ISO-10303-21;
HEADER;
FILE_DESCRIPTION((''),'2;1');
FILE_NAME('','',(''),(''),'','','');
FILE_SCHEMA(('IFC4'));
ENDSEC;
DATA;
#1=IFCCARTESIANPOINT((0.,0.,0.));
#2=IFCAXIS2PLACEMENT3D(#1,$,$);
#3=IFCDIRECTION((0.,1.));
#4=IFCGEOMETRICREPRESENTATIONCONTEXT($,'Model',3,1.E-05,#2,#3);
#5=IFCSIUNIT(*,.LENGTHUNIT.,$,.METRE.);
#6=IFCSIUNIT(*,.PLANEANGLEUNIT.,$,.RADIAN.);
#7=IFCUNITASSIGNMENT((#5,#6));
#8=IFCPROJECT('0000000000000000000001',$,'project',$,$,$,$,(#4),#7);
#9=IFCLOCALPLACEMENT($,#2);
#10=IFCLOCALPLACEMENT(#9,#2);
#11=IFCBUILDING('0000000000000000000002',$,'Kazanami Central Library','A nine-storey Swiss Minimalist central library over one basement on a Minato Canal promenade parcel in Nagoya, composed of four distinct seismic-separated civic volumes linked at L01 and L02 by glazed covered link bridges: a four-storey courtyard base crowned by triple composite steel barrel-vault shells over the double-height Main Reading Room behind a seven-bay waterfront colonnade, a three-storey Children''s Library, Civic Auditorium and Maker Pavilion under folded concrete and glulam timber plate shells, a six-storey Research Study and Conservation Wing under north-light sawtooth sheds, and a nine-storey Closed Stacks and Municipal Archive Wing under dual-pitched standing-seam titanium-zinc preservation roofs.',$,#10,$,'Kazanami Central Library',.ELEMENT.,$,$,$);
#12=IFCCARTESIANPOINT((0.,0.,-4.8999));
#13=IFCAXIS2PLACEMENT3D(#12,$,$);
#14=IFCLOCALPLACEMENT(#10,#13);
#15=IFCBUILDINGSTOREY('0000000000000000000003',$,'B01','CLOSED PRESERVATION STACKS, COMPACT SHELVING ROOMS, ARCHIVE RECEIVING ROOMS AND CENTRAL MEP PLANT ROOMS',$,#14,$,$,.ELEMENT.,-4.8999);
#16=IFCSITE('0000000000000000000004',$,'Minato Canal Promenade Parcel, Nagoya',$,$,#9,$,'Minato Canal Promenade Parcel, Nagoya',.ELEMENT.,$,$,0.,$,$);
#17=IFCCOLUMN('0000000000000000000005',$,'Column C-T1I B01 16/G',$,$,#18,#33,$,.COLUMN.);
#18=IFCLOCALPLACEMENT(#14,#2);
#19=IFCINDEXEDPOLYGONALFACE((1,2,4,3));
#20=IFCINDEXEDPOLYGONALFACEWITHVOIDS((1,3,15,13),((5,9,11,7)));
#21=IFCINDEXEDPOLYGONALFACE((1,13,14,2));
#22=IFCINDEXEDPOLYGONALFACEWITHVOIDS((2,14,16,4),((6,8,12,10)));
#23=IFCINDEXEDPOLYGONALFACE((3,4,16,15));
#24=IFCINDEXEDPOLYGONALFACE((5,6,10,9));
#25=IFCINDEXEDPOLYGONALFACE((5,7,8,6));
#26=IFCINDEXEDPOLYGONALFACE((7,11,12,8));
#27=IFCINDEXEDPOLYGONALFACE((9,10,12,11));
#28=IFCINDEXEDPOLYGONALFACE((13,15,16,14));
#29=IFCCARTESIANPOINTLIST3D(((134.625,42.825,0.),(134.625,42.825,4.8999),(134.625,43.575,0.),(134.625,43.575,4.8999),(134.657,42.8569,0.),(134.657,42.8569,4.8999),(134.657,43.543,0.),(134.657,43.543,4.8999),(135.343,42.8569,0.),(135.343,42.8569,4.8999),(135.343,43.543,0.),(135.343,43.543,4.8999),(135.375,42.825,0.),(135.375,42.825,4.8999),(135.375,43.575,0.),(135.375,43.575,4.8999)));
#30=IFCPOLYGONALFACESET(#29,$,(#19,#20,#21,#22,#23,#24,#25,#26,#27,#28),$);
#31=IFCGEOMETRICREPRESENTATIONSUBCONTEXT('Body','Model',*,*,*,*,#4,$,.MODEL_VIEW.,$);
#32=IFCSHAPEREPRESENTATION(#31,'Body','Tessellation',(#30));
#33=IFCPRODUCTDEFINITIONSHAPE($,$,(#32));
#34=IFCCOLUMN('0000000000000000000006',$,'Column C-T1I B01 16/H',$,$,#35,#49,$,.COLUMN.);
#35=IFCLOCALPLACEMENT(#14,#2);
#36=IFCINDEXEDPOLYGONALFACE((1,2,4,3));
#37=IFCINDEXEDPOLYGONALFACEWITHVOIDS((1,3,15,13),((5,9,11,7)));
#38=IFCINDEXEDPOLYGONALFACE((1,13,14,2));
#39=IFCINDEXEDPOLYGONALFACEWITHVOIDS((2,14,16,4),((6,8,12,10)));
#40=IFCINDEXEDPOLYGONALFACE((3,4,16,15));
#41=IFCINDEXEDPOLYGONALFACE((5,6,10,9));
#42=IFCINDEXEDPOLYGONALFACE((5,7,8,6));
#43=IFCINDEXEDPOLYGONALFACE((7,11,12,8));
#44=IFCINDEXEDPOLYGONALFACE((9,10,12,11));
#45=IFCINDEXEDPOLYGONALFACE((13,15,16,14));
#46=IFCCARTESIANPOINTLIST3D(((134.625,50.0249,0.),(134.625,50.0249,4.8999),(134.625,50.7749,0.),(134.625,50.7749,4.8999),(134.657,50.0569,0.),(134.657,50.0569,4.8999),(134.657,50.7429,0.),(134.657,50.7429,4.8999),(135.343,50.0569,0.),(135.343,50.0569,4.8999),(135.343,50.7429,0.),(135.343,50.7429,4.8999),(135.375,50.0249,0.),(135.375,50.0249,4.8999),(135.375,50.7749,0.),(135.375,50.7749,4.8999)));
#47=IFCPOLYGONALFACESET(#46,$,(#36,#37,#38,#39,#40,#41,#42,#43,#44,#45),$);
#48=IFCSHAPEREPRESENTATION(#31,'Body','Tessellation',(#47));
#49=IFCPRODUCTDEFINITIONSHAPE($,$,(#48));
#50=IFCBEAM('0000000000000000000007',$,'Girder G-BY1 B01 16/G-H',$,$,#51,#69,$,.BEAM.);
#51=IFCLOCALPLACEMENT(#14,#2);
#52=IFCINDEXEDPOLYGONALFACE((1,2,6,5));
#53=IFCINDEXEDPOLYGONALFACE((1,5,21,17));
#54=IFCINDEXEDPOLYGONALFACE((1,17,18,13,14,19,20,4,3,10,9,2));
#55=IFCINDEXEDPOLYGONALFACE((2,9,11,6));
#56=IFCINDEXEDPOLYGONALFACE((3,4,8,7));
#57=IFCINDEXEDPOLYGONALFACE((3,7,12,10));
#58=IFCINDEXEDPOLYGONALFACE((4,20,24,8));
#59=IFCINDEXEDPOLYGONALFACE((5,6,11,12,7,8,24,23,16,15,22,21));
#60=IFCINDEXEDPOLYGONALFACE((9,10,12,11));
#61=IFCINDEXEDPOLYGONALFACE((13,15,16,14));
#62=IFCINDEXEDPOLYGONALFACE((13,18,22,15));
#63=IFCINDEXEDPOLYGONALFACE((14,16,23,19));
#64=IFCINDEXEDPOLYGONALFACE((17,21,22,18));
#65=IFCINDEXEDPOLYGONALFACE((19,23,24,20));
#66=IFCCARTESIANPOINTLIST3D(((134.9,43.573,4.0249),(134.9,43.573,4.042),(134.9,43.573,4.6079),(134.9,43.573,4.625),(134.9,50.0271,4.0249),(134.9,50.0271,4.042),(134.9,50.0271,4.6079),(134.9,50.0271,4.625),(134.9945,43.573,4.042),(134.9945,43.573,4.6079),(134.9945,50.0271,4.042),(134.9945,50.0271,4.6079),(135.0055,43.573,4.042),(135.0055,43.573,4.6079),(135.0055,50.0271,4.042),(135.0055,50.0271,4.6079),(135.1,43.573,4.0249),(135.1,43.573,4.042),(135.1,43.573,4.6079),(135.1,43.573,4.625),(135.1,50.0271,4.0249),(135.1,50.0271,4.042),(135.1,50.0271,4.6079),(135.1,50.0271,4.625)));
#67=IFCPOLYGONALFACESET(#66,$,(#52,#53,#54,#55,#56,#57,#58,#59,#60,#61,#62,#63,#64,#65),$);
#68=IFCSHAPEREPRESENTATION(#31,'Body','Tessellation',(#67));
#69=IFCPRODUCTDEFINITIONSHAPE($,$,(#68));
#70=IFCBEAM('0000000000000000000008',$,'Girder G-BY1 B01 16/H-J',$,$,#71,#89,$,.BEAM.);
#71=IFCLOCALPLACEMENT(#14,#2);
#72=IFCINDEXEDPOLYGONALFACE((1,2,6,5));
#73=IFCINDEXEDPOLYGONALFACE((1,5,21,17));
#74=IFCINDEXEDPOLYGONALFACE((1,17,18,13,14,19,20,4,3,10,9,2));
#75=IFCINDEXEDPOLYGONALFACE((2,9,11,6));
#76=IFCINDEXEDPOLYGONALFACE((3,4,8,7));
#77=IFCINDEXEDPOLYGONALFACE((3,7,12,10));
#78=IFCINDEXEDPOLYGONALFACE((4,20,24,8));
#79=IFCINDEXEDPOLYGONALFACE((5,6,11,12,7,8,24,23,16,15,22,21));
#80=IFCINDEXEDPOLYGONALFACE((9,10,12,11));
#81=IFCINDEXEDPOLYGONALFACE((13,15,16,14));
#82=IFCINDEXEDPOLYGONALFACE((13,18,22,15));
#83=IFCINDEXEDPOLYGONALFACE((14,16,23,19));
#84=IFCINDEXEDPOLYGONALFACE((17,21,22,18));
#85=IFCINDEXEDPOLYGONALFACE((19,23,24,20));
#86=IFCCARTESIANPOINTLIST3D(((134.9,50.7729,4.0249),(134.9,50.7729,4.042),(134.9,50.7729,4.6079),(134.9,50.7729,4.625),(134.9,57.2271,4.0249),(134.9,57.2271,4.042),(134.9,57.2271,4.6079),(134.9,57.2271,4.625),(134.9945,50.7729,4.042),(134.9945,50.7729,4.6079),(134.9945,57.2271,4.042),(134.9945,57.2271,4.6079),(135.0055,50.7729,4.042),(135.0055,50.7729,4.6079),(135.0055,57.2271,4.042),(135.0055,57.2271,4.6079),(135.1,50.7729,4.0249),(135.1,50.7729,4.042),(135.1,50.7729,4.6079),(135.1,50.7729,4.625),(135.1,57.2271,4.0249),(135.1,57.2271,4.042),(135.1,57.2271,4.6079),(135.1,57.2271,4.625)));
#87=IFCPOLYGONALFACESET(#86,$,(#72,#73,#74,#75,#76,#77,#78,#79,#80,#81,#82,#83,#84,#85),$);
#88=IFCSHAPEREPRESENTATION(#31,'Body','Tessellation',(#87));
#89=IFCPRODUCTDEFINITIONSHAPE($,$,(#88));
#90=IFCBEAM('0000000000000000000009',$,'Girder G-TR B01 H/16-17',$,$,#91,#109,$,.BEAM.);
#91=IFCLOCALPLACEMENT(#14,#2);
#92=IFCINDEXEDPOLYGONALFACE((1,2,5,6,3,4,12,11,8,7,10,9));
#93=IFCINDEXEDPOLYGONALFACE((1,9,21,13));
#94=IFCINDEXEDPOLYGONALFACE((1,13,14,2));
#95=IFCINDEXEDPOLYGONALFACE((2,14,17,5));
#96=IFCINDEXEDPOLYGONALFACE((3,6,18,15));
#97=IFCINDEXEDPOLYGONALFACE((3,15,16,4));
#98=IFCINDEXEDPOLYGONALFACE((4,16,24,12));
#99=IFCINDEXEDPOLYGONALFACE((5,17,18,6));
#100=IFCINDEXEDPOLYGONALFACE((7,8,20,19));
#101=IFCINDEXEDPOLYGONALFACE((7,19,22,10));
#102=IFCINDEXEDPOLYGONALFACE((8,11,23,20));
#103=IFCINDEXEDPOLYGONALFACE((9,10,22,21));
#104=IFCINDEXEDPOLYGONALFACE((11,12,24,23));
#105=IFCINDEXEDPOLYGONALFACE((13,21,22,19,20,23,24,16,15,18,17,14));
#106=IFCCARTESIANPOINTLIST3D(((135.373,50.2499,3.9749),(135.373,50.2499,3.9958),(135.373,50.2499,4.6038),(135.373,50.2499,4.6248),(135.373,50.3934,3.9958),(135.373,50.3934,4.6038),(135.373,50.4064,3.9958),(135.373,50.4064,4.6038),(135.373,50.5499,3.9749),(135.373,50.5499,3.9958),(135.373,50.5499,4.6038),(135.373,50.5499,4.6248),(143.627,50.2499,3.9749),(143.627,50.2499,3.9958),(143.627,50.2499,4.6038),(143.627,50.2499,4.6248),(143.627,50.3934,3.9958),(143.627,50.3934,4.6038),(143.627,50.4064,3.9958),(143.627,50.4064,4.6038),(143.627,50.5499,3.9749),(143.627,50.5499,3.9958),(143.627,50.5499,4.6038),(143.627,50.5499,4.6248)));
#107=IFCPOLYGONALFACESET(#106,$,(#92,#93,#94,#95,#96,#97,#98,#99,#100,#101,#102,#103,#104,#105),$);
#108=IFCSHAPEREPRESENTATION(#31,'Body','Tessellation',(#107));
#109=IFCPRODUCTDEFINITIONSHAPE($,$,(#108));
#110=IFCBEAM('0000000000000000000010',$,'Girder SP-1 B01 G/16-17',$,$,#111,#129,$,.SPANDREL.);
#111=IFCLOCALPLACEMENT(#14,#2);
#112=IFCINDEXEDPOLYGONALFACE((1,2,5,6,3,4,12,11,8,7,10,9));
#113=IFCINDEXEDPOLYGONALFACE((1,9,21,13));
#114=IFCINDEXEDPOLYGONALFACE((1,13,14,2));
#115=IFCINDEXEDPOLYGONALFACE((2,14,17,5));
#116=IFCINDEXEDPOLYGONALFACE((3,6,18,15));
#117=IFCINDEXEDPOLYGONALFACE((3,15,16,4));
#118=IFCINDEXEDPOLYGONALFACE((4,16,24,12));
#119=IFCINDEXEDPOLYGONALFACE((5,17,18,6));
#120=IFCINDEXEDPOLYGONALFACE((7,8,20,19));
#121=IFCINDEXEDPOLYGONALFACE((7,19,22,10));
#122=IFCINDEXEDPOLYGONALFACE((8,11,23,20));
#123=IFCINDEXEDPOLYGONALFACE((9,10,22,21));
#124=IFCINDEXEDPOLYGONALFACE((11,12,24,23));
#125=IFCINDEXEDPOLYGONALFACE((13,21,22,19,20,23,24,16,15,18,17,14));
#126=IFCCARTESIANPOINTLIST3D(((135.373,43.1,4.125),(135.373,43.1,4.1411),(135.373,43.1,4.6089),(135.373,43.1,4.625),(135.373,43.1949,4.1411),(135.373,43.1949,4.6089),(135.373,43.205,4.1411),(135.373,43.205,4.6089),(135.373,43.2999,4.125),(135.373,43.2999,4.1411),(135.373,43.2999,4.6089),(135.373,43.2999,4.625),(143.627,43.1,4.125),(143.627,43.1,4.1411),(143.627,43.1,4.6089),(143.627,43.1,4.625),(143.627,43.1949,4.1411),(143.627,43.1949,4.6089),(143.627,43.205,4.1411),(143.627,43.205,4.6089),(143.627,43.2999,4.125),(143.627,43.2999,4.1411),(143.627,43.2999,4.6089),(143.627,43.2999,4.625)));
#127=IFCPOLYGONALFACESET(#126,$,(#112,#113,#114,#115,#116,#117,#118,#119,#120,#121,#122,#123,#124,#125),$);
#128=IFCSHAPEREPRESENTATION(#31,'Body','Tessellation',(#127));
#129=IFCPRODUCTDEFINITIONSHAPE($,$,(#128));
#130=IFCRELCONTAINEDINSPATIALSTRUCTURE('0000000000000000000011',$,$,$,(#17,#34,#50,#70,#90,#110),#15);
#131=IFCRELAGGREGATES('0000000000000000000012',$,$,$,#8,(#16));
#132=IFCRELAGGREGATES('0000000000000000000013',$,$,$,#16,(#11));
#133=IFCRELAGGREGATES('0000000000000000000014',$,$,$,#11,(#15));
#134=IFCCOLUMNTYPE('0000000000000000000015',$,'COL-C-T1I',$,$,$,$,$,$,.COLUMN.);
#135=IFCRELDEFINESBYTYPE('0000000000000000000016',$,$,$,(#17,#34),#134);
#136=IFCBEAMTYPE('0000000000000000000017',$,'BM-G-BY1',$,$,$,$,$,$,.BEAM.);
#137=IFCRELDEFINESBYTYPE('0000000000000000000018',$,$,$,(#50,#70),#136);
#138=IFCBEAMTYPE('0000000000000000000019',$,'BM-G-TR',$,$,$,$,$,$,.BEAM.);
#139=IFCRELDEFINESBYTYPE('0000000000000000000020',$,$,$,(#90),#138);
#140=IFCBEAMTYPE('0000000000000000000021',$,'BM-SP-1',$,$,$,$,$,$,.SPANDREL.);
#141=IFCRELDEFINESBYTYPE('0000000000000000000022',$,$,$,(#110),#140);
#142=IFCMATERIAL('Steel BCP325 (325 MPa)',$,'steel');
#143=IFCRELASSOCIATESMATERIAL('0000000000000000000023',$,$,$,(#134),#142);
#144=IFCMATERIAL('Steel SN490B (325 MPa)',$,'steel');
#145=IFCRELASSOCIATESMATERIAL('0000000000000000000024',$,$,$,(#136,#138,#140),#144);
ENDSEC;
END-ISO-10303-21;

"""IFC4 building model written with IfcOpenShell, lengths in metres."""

from ifc_helpers import new_model, si_unit, direction, frame, origin, origin_2d, place, context, subcontext, project, spatial, hollow_rectangle, i_section, extrude, material, material_profile, profile_set, type_object, element, save


model = new_model("IFC4")

# Units and contexts
model_context = context("Model", 3, precision=1e-05, world=origin(), true_north=direction((0.0, 1.0)))
body_context = subcontext(model_context, "Body", "Model", "MODEL_VIEW")
ifc_project = project(units=[si_unit("LENGTHUNIT", "METRE"), si_unit("PLANEANGLEUNIT", "RADIAN")], contexts=[model_context])

# Site, building, storey
site_placement = place(None, origin())
site = spatial("IfcSite", under=ifc_project, at=site_placement, Name="Minato Canal Promenade Parcel, Nagoya", LongName="Minato Canal Promenade Parcel, Nagoya", CompositionType="ELEMENT", RefElevation=0.0)
building_placement = place(site_placement, origin())
building = spatial("IfcBuilding", under=site, at=building_placement, Name="Kazanami Central Library", Description="A nine-storey Swiss Minimalist central library over one basement on a Minato Canal promenade parcel in Nagoya, composed of four distinct seismic-separated civic volumes linked at L01 and L02 by glazed covered link bridges: a four-storey courtyard base crowned by triple composite steel barrel-vault shells over the double-height Main Reading Room behind a seven-bay waterfront colonnade, a three-storey Children's Library, Civic Auditorium and Maker Pavilion under folded concrete and glulam timber plate shells, a six-storey Research Study and Conservation Wing under north-light sawtooth sheds, and a nine-storey Closed Stacks and Municipal Archive Wing under dual-pitched standing-seam titanium-zinc preservation roofs.", LongName="Kazanami Central Library", CompositionType="ELEMENT")
storey_placement = place(building_placement, frame((0.0, 0.0, -4.8999)))
storey = spatial("IfcBuildingStorey", under=building, at=storey_placement, Name="B01", Description="CLOSED PRESERVATION STACKS, COMPACT SHELVING ROOMS, ARCHIVE RECEIVING ROOMS AND CENTRAL MEP PLANT ROOMS", CompositionType="ELEMENT", Elevation=-4.8999)

# Columns
ifc_material_1 = material(Name="Steel BCP325 (325 MPa)", Category="steel")
ifc_material_profile_1 = material_profile(ifc_material_1, hollow_rectangle(XDim=0.75, YDim=0.75, WallThickness=0.032, at=origin_2d()), Name="BCP-750x750x32")
ifc_profile_set_1 = profile_set([ifc_material_profile_1], Name="Steel BCP325 (325 MPa)")
column_type = type_object("IfcColumnType", Name="COL-C-T1I", PredefinedType="COLUMN", material=ifc_profile_set_1)
for number, where, z_axis, x_axis, name in (
    (1, (135.0, 43.2, 0.0), (0.0, 0.0, 1.0), (1.0, 0.0, 0.0), "Column C-T1I B01 16/G"),
    (2, (135.0, 50.3999, 0.0), (0.0, 0.0, 1.0), (1.0, 0.0, 0.0), "Column C-T1I B01 16/H"),
):
    element("IfcColumn", number, at=place(storey_placement, frame(where, z_axis=z_axis, x_axis=x_axis)), inside=storey, type_object=column_type, Name=name, PredefinedType="COLUMN", context=body_context, shape_type="SweptSolid", body=[
        extrude(hollow_rectangle(XDim=0.75, YDim=0.75, WallThickness=0.032, at=origin_2d()), origin(), (0.0, 0.0, 1.0), 4.8999),
    ])

# Beams
ifc_material_2 = material(Name="Steel SN490B (325 MPa)", Category="steel")
ifc_material_profile_2 = material_profile(ifc_material_2, i_section(OverallWidth=0.2, OverallDepth=0.6001, WebThickness=0.011, FlangeThickness=0.0171, at=origin_2d()), Name="H-600x200x11x17")
ifc_profile_set_2 = profile_set([ifc_material_profile_2], Name="Steel SN490B (325 MPa)")
beam_type_1 = type_object("IfcBeamType", Name="BM-G-BY1", PredefinedType="BEAM", material=ifc_profile_set_2)
for number, where, z_axis, x_axis, name in (
    (3, (135.0, 43.573, 4.325), (0.0, 1.0, 0.0), (-1.0, 0.0, 0.0), "Girder G-BY1 B01 16/G-H"),
    (4, (135.0, 50.7729, 4.325), (0.0, 1.0, 0.0), (-1.0, 0.0, 0.0), "Girder G-BY1 B01 16/H-J"),
):
    element("IfcBeam", number, at=place(storey_placement, frame(where, z_axis=z_axis, x_axis=x_axis)), inside=storey, type_object=beam_type_1, Name=name, PredefinedType="BEAM", context=body_context, shape_type="SweptSolid", body=[
        extrude(i_section(OverallWidth=0.2, OverallDepth=0.6001, WebThickness=0.011, FlangeThickness=0.0171, at=origin_2d()), origin(), (0.0, 0.0, 1.0), 6.4541),
    ])
ifc_material_profile_3 = material_profile(ifc_material_2, i_section(OverallWidth=0.3, OverallDepth=0.6499, WebThickness=0.0129, FlangeThickness=0.021, at=origin_2d()), Name="H-650x300x13x21")
ifc_profile_set_3 = profile_set([ifc_material_profile_3], Name="Steel SN490B (325 MPa)")
beam_type_2 = type_object("IfcBeamType", Name="BM-G-TR", PredefinedType="BEAM", material=ifc_profile_set_3)
beam_1_placement = place(storey_placement, frame((135.373, 50.3999, 4.2998), z_axis=(1.0, 0.0, 0.0), x_axis=(0.0, 1.0, 0.0)))
element("IfcBeam", 5, at=beam_1_placement, inside=storey, type_object=beam_type_2, Name="Girder G-TR B01 H/16-17", PredefinedType="BEAM", context=body_context, shape_type="SweptSolid", body=[
    extrude(i_section(OverallWidth=0.3, OverallDepth=0.6499, WebThickness=0.0129, FlangeThickness=0.021, at=origin_2d()), origin(), (0.0, 0.0, 1.0), 8.2539),
])
ifc_material_profile_4 = material_profile(ifc_material_2, i_section(OverallWidth=0.2, OverallDepth=0.5, WebThickness=0.01, FlangeThickness=0.0161, at=origin_2d()), Name="H-500x200x10x16")
ifc_profile_set_4 = profile_set([ifc_material_profile_4], Name="Steel SN490B (325 MPa)")
beam_type_3 = type_object("IfcBeamType", Name="BM-SP-1", PredefinedType="SPANDREL", material=ifc_profile_set_4)
beam_2_placement = place(storey_placement, frame((135.373, 43.2, 4.375), z_axis=(1.0, 0.0, 0.0), x_axis=(0.0, 1.0, 0.0)))
element("IfcBeam", 6, at=beam_2_placement, inside=storey, type_object=beam_type_3, Name="Girder SP-1 B01 G/16-17", PredefinedType="SPANDREL", context=body_context, shape_type="SweptSolid", body=[
    extrude(i_section(OverallWidth=0.2, OverallDepth=0.5, WebThickness=0.01, FlangeThickness=0.0161, at=origin_2d()), origin(), (0.0, 0.0, 1.0), 8.2539),
])

save(model, "model.ifc")
